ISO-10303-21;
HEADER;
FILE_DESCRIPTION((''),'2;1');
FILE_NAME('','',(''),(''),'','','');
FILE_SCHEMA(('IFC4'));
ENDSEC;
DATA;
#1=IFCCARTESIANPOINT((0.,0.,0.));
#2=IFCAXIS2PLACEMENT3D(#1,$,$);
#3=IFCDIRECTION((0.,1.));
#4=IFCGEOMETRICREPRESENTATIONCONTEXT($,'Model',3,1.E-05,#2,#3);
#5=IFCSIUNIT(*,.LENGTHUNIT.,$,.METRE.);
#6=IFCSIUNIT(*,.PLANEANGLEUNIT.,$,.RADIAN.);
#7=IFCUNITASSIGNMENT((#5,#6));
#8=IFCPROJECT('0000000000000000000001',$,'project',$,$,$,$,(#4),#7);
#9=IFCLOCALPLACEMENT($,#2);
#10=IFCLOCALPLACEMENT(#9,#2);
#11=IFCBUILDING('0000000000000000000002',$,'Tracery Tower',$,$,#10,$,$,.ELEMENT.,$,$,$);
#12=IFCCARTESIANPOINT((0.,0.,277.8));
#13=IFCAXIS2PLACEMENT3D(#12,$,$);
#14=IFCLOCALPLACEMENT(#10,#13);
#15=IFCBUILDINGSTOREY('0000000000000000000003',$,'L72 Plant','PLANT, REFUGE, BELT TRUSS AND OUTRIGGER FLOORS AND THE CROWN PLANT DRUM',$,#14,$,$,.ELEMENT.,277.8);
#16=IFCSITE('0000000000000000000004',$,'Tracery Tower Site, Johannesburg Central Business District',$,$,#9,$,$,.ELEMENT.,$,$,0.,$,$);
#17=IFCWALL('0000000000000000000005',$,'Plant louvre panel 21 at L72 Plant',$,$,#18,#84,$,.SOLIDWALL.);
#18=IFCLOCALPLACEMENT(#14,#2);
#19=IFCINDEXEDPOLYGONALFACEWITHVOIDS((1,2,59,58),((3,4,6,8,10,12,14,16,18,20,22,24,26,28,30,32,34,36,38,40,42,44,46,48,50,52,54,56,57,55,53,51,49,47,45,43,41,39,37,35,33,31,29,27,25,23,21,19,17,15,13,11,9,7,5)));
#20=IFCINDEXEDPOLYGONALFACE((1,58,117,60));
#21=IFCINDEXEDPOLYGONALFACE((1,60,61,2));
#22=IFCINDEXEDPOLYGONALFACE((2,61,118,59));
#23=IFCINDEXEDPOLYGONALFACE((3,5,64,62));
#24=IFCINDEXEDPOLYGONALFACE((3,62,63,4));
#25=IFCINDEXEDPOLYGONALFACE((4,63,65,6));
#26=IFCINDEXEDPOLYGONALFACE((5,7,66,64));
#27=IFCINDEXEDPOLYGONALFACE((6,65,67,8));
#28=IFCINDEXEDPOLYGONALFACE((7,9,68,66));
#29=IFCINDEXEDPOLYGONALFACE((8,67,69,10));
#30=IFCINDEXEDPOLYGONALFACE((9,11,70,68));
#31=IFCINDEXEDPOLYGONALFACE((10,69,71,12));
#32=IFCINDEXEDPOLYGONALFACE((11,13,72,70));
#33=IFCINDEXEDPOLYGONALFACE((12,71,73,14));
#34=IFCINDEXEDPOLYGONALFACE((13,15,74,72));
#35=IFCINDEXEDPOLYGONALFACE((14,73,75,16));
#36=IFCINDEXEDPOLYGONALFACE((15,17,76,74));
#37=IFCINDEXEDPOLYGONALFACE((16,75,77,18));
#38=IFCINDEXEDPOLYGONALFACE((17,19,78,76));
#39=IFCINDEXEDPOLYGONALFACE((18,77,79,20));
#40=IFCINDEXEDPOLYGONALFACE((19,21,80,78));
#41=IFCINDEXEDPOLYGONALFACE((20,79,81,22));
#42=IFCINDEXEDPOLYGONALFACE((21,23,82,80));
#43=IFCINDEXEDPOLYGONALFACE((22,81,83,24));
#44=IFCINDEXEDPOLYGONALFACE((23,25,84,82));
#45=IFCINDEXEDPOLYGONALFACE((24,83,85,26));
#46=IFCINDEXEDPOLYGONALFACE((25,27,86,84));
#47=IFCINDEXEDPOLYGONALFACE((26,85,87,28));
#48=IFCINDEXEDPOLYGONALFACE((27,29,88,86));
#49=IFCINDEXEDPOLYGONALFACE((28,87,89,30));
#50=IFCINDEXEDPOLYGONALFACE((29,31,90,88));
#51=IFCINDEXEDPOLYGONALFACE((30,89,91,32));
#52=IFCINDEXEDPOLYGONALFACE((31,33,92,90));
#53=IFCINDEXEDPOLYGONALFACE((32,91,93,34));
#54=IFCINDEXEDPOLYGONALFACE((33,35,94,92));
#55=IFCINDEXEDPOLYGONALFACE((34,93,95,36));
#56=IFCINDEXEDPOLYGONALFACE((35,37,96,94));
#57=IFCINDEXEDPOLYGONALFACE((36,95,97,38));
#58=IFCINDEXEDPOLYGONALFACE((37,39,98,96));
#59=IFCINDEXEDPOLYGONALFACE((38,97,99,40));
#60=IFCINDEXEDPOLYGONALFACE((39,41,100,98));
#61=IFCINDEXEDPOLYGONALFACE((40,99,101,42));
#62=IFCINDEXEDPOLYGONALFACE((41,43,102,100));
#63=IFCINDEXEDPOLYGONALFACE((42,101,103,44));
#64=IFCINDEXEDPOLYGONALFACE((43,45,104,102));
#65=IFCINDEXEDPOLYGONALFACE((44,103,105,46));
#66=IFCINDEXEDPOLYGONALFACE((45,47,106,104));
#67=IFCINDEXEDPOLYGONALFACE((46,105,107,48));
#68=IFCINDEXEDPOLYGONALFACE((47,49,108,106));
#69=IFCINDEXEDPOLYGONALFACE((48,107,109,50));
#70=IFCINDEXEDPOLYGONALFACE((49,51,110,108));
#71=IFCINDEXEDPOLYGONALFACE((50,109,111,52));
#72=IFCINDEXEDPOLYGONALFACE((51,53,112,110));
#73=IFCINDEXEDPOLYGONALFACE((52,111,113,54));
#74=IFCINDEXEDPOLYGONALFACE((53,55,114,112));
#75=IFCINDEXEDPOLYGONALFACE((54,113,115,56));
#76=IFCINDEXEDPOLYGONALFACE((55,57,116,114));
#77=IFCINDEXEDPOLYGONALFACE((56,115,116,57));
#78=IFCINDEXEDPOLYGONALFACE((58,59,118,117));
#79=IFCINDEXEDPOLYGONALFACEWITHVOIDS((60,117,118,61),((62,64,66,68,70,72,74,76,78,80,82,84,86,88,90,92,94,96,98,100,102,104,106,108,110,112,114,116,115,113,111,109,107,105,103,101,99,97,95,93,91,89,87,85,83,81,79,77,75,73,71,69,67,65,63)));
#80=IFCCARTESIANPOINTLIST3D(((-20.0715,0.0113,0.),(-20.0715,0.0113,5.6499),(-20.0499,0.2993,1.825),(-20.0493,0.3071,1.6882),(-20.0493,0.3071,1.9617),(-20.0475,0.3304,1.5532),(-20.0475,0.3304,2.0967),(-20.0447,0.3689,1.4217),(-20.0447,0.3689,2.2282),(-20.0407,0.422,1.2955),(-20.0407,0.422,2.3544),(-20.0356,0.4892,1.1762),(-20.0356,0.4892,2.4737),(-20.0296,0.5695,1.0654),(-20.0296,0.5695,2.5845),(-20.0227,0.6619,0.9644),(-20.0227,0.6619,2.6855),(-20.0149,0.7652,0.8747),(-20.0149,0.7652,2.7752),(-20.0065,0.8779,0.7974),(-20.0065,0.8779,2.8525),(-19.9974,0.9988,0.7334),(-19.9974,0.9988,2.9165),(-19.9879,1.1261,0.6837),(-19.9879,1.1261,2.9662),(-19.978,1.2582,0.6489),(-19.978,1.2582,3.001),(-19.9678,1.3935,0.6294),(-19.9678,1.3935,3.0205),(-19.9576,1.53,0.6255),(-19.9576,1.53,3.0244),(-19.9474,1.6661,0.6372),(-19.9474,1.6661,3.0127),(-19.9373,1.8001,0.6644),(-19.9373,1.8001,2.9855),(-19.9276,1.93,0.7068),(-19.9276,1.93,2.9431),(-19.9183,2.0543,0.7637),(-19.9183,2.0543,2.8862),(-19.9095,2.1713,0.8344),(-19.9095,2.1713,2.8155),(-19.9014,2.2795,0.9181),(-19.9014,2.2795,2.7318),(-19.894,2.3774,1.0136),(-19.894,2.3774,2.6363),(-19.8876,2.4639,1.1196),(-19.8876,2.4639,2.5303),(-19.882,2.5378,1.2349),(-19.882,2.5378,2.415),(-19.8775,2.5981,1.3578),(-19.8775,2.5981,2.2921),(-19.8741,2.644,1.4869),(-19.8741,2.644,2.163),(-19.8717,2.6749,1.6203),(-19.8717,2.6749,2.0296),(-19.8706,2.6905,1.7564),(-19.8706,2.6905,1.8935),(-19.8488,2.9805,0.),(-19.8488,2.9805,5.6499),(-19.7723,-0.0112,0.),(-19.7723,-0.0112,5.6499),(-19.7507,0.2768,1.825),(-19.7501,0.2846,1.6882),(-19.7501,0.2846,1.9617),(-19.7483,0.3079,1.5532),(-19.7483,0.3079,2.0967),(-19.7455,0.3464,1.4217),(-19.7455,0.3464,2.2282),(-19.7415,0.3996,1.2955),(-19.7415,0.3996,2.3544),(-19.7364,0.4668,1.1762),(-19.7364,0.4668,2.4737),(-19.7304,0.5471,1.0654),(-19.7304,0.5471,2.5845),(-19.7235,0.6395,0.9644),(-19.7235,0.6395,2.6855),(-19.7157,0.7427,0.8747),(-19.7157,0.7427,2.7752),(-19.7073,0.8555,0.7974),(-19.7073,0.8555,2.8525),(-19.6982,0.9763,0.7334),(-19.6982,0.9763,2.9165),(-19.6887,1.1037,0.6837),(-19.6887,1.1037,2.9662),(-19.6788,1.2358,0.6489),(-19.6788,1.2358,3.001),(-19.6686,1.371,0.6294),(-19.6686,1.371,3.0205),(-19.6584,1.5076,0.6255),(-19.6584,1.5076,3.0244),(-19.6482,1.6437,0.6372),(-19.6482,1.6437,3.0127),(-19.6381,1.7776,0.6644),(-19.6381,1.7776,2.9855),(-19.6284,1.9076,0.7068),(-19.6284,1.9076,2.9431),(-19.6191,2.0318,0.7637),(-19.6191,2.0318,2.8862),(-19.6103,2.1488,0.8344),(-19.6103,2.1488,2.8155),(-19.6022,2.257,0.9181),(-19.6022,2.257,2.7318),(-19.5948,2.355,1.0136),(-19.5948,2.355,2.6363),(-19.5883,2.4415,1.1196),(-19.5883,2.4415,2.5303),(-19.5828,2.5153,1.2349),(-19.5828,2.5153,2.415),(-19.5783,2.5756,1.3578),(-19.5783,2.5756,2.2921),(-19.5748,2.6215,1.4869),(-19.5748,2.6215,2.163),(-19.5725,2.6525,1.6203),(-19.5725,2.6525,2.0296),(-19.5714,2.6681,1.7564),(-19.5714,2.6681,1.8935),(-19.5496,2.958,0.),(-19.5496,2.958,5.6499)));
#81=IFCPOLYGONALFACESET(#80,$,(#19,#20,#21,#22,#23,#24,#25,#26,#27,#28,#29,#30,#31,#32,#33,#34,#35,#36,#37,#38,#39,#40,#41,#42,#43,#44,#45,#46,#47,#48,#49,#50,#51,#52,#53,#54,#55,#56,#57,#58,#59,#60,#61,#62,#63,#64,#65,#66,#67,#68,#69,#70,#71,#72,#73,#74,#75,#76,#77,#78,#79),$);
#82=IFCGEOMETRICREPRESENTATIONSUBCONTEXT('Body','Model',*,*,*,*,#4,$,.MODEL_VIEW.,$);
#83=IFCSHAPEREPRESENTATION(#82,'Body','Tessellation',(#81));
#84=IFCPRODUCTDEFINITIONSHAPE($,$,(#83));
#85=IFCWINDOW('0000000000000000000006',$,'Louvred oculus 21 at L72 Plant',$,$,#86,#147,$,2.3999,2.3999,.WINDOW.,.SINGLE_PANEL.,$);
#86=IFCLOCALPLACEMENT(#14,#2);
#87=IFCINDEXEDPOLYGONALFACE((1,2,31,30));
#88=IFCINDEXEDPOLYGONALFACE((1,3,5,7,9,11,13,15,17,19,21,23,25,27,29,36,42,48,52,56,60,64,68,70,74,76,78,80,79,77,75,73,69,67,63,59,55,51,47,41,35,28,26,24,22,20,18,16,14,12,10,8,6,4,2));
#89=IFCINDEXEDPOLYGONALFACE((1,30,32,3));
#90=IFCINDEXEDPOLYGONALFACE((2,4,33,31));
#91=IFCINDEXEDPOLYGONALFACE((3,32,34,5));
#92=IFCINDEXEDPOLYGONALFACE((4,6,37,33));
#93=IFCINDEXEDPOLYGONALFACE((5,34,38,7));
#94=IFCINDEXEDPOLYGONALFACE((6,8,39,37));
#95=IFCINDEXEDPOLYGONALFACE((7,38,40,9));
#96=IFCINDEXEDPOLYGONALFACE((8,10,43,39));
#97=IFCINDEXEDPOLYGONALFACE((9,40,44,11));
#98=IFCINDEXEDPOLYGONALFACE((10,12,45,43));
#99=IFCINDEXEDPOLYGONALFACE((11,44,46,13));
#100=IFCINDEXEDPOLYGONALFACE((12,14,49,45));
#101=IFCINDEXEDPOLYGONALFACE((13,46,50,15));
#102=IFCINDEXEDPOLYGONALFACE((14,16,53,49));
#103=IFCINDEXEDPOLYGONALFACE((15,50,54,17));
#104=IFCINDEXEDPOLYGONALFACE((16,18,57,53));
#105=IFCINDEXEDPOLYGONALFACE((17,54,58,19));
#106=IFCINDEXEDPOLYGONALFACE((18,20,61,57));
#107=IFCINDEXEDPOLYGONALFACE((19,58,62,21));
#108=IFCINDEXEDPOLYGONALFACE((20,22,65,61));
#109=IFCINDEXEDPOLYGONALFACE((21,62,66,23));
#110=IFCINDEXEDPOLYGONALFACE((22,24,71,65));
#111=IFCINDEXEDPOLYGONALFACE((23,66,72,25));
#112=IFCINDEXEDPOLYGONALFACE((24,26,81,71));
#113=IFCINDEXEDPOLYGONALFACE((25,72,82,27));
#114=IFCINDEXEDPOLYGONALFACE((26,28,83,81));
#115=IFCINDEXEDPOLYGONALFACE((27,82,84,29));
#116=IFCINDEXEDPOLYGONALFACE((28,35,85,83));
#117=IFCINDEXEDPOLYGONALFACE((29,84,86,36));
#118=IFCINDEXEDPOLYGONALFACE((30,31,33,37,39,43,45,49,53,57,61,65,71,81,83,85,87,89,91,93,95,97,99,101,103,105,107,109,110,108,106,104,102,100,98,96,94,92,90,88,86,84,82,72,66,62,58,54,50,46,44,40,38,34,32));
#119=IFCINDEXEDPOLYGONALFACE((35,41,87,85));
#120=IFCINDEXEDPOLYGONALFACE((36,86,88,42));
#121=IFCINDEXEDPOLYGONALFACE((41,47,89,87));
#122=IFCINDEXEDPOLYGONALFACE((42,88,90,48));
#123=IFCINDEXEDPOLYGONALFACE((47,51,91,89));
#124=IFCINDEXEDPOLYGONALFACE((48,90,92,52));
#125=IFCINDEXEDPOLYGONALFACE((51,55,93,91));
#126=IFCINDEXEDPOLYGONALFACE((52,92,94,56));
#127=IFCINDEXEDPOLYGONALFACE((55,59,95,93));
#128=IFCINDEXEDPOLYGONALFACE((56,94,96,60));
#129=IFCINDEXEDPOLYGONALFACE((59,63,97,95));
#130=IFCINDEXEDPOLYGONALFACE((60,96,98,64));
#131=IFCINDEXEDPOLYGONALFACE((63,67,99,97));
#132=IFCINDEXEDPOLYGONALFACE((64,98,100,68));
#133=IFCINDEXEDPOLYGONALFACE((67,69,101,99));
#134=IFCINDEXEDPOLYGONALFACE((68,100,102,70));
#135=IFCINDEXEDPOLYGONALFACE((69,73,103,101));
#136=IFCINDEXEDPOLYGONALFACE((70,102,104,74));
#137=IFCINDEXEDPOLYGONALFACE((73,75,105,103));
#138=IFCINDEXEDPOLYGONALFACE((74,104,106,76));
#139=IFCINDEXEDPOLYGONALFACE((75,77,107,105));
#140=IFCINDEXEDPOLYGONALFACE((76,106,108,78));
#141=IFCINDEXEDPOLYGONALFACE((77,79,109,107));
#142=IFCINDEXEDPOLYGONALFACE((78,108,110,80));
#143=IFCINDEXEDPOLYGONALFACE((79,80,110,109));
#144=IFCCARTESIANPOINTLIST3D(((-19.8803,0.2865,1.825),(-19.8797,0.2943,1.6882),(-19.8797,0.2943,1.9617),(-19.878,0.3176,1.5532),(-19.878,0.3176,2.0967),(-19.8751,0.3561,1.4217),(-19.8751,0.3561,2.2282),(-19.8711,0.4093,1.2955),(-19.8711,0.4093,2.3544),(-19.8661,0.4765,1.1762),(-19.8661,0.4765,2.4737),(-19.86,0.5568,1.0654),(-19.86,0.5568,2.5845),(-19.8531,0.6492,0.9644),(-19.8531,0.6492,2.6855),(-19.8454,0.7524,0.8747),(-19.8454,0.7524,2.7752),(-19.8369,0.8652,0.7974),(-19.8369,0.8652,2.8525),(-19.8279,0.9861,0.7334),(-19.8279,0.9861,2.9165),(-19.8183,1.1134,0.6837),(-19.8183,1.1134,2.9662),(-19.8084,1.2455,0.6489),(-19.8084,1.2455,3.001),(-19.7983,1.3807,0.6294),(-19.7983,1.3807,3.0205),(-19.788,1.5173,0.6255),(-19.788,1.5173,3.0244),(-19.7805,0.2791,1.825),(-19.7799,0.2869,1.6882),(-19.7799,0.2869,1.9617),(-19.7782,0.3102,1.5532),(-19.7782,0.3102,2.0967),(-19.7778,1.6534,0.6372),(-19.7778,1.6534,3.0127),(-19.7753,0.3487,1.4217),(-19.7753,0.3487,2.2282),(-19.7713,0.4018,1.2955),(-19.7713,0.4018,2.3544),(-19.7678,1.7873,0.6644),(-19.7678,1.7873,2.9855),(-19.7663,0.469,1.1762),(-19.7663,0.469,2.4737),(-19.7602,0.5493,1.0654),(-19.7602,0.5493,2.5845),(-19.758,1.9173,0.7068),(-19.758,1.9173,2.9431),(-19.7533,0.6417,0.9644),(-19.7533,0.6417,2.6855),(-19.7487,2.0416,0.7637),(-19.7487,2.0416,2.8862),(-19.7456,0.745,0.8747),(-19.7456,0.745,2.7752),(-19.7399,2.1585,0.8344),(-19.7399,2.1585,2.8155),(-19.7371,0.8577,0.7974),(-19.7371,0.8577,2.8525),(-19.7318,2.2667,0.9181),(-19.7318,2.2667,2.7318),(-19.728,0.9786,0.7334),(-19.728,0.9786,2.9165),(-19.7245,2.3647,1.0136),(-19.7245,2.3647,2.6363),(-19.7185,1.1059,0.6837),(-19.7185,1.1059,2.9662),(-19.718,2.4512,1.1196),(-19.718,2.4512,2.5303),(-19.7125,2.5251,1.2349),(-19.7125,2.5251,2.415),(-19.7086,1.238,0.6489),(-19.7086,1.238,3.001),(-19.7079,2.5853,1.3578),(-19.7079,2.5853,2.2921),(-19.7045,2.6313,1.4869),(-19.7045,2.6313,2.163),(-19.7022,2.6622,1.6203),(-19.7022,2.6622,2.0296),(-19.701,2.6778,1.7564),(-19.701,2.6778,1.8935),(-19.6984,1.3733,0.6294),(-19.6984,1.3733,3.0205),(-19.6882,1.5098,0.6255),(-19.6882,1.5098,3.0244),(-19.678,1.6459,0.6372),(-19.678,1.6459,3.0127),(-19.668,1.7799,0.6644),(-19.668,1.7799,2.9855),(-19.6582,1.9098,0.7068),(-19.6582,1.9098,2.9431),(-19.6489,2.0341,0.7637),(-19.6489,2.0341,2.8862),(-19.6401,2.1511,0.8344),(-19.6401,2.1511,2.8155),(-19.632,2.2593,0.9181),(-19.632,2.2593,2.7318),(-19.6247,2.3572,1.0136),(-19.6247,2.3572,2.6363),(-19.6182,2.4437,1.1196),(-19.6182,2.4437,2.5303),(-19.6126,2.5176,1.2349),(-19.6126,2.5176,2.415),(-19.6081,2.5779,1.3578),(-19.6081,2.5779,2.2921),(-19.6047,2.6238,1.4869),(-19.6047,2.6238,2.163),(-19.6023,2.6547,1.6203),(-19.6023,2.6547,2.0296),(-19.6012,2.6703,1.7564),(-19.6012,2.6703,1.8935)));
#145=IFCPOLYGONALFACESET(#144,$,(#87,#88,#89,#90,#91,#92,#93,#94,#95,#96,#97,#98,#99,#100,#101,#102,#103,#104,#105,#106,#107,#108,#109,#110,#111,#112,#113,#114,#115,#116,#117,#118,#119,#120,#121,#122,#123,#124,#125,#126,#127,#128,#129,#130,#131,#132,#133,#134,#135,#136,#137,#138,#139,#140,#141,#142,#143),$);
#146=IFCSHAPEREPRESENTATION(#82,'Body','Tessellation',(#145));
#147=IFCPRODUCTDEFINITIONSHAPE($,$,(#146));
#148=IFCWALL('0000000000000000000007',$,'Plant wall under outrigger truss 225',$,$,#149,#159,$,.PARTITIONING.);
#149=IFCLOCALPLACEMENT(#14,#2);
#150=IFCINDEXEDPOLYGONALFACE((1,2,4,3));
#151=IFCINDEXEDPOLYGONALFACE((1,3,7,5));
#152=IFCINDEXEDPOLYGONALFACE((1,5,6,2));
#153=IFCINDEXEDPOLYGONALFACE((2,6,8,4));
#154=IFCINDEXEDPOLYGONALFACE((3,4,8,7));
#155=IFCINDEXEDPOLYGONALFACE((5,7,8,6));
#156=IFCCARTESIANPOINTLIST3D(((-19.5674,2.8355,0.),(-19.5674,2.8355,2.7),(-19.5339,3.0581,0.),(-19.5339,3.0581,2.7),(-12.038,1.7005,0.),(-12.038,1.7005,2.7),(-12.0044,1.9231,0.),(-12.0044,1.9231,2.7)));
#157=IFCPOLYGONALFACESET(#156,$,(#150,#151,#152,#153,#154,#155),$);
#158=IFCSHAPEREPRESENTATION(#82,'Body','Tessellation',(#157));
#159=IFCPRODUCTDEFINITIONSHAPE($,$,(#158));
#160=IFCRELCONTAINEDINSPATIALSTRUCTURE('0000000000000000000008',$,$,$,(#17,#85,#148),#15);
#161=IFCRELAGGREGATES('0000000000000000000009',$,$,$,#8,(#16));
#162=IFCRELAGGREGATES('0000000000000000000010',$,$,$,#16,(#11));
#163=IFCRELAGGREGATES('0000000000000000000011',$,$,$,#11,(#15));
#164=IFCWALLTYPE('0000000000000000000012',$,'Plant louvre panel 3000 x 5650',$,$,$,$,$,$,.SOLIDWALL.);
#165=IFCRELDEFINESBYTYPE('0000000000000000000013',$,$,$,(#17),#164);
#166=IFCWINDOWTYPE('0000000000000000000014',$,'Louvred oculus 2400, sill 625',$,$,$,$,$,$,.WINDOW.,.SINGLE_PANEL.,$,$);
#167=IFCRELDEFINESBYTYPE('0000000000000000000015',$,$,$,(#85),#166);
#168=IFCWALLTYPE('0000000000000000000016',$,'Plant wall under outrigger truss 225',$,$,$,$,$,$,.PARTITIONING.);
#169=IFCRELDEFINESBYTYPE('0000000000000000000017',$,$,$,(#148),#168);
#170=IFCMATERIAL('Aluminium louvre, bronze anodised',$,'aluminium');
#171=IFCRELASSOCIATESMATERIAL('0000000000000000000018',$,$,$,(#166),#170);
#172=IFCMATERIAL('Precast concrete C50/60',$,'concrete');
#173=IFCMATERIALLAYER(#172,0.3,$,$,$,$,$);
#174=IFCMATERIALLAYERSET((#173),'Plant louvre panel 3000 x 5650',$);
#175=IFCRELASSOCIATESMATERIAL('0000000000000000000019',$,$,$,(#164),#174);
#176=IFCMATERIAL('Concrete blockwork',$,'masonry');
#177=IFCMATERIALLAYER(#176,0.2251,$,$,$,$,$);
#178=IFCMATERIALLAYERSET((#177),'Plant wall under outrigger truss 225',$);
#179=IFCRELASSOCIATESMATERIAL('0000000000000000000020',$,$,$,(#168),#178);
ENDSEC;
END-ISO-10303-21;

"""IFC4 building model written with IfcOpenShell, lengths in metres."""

from ifc_helpers import new_model, si_unit, direction, frame, frame_2d, origin, origin_2d, place, context, subcontext, project, spatial, rectangle, circle, extrude, material, layer, layer_set, type_object, element, fill, save


model = new_model("IFC4")

# Units and contexts
model_context = context("Model", 3, precision=1e-05, world=origin(), true_north=direction((0.0, 1.0)))
body_context = subcontext(model_context, "Body", "Model", "MODEL_VIEW")
ifc_project = project(units=[si_unit("LENGTHUNIT", "METRE"), si_unit("PLANEANGLEUNIT", "RADIAN")], contexts=[model_context])

# Site, building, storey
site_placement = place(None, origin())
site = spatial("IfcSite", under=ifc_project, at=site_placement, Name="Tracery Tower Site, Johannesburg Central Business District", CompositionType="ELEMENT", RefElevation=0.0)
building_placement = place(site_placement, origin())
building = spatial("IfcBuilding", under=site, at=building_placement, Name="Tracery Tower", CompositionType="ELEMENT")
storey_placement = place(building_placement, frame((0.0, 0.0, 277.8)))
storey = spatial("IfcBuildingStorey", under=building, at=storey_placement, Name="L72 Plant", Description="PLANT, REFUGE, BELT TRUSS AND OUTRIGGER FLOORS AND THE CROWN PLANT DRUM", CompositionType="ELEMENT", Elevation=277.8)

# Wall, opening, window
ifc_material_1 = material(Name="Aluminium louvre, bronze anodised", Category="aluminium")
window_type = type_object("IfcWindowType", Name="Louvred oculus 2400, sill 625", PartitioningType="SINGLE_PANEL", PredefinedType="WINDOW", material=ifc_material_1)
ifc_material_2 = material(Name="Precast concrete C50/60", Category="concrete")
ifc_layer_1 = layer(ifc_material_2, 0.3)
ifc_layer_set_1 = layer_set([ifc_layer_1], Name="Plant louvre panel 3000 x 5650")
wall_type_1 = type_object("IfcWallType", Name="Plant louvre panel 3000 x 5650", PredefinedType="SOLIDWALL", material=ifc_layer_set_1)
wall_1_placement = place(storey_placement, frame((-19.6992, 2.9692, 0.0), z_axis=(0.0, 0.0, 1.0), x_axis=(-0.074778, -0.9972, 0.0)))
wall_1 = element("IfcWall", 1, at=wall_1_placement, inside=storey, type_object=wall_type_1, Name="Plant louvre panel 21 at L72 Plant", PredefinedType="SOLIDWALL", context=body_context, shape_type="SweptSolid", body=[
    extrude(rectangle(XDim=2.9775, YDim=0.3, at=frame_2d((1.4888, 0.0))), origin(), (0.0, 0.0, 1.0), 5.6499),
])
opening_1_placement = place(wall_1_placement, frame((1.4888, 0.0, 1.825)))
opening_1 = element("IfcOpeningElement", 2, at=opening_1_placement, cuts=wall_1, PredefinedType="OPENING", context=body_context, shape_type="SweptSolid", body=[
    extrude(circle(Radius=1.2, at=origin_2d()), frame((0.0, 0.1599, 0.0), z_axis=(0.0, -1.0, 0.0), x_axis=(1.0, 0.0, 0.0)), (0.0, 0.0, 1.0), 0.3201),
])
window_1_placement = place(opening_1_placement, origin())
window_1 = element("IfcWindow", 3, at=window_1_placement, inside=storey, type_object=window_type, Name="Louvred oculus 21 at L72 Plant", OverallHeight=2.3999, OverallWidth=2.3999, PartitioningType="SINGLE_PANEL", PredefinedType="WINDOW", context=body_context, shape_type="SweptSolid", body=[
    extrude(circle(Radius=1.2, at=origin_2d()), frame((0.0, 0.1201, 0.0), z_axis=(0.0, -1.0, 0.0), x_axis=(1.0, 0.0, 0.0)), (0.0, 0.0, 1.0), 0.1001),
])
fill(opening_1, window_1)

# Wall
ifc_material_3 = material(Name="Concrete blockwork", Category="masonry")
ifc_layer_2 = layer(ifc_material_3, 0.2251)
ifc_layer_set_2 = layer_set([ifc_layer_2], Name="Plant wall under outrigger truss 225")
wall_type_2 = type_object("IfcWallType", Name="Plant wall under outrigger truss 225", PredefinedType="PARTITIONING", material=ifc_layer_set_2)
wall_2_placement = place(storey_placement, frame((-19.5505, 2.9468, 0.0), z_axis=(0.0, 0.0, 1.0), x_axis=(0.988829, -0.149057, 0.0)))
element("IfcWall", 4, at=wall_2_placement, inside=storey, type_object=wall_type_2, Name="Plant wall under outrigger truss 225", PredefinedType="PARTITIONING", context=body_context, shape_type="SweptSolid", body=[
    extrude(rectangle(XDim=7.6145, YDim=0.2251, at=frame_2d((3.8071, 0.0))), origin(), (0.0, 0.0, 1.0), 2.7),
])

save(model, "model.ifc")
